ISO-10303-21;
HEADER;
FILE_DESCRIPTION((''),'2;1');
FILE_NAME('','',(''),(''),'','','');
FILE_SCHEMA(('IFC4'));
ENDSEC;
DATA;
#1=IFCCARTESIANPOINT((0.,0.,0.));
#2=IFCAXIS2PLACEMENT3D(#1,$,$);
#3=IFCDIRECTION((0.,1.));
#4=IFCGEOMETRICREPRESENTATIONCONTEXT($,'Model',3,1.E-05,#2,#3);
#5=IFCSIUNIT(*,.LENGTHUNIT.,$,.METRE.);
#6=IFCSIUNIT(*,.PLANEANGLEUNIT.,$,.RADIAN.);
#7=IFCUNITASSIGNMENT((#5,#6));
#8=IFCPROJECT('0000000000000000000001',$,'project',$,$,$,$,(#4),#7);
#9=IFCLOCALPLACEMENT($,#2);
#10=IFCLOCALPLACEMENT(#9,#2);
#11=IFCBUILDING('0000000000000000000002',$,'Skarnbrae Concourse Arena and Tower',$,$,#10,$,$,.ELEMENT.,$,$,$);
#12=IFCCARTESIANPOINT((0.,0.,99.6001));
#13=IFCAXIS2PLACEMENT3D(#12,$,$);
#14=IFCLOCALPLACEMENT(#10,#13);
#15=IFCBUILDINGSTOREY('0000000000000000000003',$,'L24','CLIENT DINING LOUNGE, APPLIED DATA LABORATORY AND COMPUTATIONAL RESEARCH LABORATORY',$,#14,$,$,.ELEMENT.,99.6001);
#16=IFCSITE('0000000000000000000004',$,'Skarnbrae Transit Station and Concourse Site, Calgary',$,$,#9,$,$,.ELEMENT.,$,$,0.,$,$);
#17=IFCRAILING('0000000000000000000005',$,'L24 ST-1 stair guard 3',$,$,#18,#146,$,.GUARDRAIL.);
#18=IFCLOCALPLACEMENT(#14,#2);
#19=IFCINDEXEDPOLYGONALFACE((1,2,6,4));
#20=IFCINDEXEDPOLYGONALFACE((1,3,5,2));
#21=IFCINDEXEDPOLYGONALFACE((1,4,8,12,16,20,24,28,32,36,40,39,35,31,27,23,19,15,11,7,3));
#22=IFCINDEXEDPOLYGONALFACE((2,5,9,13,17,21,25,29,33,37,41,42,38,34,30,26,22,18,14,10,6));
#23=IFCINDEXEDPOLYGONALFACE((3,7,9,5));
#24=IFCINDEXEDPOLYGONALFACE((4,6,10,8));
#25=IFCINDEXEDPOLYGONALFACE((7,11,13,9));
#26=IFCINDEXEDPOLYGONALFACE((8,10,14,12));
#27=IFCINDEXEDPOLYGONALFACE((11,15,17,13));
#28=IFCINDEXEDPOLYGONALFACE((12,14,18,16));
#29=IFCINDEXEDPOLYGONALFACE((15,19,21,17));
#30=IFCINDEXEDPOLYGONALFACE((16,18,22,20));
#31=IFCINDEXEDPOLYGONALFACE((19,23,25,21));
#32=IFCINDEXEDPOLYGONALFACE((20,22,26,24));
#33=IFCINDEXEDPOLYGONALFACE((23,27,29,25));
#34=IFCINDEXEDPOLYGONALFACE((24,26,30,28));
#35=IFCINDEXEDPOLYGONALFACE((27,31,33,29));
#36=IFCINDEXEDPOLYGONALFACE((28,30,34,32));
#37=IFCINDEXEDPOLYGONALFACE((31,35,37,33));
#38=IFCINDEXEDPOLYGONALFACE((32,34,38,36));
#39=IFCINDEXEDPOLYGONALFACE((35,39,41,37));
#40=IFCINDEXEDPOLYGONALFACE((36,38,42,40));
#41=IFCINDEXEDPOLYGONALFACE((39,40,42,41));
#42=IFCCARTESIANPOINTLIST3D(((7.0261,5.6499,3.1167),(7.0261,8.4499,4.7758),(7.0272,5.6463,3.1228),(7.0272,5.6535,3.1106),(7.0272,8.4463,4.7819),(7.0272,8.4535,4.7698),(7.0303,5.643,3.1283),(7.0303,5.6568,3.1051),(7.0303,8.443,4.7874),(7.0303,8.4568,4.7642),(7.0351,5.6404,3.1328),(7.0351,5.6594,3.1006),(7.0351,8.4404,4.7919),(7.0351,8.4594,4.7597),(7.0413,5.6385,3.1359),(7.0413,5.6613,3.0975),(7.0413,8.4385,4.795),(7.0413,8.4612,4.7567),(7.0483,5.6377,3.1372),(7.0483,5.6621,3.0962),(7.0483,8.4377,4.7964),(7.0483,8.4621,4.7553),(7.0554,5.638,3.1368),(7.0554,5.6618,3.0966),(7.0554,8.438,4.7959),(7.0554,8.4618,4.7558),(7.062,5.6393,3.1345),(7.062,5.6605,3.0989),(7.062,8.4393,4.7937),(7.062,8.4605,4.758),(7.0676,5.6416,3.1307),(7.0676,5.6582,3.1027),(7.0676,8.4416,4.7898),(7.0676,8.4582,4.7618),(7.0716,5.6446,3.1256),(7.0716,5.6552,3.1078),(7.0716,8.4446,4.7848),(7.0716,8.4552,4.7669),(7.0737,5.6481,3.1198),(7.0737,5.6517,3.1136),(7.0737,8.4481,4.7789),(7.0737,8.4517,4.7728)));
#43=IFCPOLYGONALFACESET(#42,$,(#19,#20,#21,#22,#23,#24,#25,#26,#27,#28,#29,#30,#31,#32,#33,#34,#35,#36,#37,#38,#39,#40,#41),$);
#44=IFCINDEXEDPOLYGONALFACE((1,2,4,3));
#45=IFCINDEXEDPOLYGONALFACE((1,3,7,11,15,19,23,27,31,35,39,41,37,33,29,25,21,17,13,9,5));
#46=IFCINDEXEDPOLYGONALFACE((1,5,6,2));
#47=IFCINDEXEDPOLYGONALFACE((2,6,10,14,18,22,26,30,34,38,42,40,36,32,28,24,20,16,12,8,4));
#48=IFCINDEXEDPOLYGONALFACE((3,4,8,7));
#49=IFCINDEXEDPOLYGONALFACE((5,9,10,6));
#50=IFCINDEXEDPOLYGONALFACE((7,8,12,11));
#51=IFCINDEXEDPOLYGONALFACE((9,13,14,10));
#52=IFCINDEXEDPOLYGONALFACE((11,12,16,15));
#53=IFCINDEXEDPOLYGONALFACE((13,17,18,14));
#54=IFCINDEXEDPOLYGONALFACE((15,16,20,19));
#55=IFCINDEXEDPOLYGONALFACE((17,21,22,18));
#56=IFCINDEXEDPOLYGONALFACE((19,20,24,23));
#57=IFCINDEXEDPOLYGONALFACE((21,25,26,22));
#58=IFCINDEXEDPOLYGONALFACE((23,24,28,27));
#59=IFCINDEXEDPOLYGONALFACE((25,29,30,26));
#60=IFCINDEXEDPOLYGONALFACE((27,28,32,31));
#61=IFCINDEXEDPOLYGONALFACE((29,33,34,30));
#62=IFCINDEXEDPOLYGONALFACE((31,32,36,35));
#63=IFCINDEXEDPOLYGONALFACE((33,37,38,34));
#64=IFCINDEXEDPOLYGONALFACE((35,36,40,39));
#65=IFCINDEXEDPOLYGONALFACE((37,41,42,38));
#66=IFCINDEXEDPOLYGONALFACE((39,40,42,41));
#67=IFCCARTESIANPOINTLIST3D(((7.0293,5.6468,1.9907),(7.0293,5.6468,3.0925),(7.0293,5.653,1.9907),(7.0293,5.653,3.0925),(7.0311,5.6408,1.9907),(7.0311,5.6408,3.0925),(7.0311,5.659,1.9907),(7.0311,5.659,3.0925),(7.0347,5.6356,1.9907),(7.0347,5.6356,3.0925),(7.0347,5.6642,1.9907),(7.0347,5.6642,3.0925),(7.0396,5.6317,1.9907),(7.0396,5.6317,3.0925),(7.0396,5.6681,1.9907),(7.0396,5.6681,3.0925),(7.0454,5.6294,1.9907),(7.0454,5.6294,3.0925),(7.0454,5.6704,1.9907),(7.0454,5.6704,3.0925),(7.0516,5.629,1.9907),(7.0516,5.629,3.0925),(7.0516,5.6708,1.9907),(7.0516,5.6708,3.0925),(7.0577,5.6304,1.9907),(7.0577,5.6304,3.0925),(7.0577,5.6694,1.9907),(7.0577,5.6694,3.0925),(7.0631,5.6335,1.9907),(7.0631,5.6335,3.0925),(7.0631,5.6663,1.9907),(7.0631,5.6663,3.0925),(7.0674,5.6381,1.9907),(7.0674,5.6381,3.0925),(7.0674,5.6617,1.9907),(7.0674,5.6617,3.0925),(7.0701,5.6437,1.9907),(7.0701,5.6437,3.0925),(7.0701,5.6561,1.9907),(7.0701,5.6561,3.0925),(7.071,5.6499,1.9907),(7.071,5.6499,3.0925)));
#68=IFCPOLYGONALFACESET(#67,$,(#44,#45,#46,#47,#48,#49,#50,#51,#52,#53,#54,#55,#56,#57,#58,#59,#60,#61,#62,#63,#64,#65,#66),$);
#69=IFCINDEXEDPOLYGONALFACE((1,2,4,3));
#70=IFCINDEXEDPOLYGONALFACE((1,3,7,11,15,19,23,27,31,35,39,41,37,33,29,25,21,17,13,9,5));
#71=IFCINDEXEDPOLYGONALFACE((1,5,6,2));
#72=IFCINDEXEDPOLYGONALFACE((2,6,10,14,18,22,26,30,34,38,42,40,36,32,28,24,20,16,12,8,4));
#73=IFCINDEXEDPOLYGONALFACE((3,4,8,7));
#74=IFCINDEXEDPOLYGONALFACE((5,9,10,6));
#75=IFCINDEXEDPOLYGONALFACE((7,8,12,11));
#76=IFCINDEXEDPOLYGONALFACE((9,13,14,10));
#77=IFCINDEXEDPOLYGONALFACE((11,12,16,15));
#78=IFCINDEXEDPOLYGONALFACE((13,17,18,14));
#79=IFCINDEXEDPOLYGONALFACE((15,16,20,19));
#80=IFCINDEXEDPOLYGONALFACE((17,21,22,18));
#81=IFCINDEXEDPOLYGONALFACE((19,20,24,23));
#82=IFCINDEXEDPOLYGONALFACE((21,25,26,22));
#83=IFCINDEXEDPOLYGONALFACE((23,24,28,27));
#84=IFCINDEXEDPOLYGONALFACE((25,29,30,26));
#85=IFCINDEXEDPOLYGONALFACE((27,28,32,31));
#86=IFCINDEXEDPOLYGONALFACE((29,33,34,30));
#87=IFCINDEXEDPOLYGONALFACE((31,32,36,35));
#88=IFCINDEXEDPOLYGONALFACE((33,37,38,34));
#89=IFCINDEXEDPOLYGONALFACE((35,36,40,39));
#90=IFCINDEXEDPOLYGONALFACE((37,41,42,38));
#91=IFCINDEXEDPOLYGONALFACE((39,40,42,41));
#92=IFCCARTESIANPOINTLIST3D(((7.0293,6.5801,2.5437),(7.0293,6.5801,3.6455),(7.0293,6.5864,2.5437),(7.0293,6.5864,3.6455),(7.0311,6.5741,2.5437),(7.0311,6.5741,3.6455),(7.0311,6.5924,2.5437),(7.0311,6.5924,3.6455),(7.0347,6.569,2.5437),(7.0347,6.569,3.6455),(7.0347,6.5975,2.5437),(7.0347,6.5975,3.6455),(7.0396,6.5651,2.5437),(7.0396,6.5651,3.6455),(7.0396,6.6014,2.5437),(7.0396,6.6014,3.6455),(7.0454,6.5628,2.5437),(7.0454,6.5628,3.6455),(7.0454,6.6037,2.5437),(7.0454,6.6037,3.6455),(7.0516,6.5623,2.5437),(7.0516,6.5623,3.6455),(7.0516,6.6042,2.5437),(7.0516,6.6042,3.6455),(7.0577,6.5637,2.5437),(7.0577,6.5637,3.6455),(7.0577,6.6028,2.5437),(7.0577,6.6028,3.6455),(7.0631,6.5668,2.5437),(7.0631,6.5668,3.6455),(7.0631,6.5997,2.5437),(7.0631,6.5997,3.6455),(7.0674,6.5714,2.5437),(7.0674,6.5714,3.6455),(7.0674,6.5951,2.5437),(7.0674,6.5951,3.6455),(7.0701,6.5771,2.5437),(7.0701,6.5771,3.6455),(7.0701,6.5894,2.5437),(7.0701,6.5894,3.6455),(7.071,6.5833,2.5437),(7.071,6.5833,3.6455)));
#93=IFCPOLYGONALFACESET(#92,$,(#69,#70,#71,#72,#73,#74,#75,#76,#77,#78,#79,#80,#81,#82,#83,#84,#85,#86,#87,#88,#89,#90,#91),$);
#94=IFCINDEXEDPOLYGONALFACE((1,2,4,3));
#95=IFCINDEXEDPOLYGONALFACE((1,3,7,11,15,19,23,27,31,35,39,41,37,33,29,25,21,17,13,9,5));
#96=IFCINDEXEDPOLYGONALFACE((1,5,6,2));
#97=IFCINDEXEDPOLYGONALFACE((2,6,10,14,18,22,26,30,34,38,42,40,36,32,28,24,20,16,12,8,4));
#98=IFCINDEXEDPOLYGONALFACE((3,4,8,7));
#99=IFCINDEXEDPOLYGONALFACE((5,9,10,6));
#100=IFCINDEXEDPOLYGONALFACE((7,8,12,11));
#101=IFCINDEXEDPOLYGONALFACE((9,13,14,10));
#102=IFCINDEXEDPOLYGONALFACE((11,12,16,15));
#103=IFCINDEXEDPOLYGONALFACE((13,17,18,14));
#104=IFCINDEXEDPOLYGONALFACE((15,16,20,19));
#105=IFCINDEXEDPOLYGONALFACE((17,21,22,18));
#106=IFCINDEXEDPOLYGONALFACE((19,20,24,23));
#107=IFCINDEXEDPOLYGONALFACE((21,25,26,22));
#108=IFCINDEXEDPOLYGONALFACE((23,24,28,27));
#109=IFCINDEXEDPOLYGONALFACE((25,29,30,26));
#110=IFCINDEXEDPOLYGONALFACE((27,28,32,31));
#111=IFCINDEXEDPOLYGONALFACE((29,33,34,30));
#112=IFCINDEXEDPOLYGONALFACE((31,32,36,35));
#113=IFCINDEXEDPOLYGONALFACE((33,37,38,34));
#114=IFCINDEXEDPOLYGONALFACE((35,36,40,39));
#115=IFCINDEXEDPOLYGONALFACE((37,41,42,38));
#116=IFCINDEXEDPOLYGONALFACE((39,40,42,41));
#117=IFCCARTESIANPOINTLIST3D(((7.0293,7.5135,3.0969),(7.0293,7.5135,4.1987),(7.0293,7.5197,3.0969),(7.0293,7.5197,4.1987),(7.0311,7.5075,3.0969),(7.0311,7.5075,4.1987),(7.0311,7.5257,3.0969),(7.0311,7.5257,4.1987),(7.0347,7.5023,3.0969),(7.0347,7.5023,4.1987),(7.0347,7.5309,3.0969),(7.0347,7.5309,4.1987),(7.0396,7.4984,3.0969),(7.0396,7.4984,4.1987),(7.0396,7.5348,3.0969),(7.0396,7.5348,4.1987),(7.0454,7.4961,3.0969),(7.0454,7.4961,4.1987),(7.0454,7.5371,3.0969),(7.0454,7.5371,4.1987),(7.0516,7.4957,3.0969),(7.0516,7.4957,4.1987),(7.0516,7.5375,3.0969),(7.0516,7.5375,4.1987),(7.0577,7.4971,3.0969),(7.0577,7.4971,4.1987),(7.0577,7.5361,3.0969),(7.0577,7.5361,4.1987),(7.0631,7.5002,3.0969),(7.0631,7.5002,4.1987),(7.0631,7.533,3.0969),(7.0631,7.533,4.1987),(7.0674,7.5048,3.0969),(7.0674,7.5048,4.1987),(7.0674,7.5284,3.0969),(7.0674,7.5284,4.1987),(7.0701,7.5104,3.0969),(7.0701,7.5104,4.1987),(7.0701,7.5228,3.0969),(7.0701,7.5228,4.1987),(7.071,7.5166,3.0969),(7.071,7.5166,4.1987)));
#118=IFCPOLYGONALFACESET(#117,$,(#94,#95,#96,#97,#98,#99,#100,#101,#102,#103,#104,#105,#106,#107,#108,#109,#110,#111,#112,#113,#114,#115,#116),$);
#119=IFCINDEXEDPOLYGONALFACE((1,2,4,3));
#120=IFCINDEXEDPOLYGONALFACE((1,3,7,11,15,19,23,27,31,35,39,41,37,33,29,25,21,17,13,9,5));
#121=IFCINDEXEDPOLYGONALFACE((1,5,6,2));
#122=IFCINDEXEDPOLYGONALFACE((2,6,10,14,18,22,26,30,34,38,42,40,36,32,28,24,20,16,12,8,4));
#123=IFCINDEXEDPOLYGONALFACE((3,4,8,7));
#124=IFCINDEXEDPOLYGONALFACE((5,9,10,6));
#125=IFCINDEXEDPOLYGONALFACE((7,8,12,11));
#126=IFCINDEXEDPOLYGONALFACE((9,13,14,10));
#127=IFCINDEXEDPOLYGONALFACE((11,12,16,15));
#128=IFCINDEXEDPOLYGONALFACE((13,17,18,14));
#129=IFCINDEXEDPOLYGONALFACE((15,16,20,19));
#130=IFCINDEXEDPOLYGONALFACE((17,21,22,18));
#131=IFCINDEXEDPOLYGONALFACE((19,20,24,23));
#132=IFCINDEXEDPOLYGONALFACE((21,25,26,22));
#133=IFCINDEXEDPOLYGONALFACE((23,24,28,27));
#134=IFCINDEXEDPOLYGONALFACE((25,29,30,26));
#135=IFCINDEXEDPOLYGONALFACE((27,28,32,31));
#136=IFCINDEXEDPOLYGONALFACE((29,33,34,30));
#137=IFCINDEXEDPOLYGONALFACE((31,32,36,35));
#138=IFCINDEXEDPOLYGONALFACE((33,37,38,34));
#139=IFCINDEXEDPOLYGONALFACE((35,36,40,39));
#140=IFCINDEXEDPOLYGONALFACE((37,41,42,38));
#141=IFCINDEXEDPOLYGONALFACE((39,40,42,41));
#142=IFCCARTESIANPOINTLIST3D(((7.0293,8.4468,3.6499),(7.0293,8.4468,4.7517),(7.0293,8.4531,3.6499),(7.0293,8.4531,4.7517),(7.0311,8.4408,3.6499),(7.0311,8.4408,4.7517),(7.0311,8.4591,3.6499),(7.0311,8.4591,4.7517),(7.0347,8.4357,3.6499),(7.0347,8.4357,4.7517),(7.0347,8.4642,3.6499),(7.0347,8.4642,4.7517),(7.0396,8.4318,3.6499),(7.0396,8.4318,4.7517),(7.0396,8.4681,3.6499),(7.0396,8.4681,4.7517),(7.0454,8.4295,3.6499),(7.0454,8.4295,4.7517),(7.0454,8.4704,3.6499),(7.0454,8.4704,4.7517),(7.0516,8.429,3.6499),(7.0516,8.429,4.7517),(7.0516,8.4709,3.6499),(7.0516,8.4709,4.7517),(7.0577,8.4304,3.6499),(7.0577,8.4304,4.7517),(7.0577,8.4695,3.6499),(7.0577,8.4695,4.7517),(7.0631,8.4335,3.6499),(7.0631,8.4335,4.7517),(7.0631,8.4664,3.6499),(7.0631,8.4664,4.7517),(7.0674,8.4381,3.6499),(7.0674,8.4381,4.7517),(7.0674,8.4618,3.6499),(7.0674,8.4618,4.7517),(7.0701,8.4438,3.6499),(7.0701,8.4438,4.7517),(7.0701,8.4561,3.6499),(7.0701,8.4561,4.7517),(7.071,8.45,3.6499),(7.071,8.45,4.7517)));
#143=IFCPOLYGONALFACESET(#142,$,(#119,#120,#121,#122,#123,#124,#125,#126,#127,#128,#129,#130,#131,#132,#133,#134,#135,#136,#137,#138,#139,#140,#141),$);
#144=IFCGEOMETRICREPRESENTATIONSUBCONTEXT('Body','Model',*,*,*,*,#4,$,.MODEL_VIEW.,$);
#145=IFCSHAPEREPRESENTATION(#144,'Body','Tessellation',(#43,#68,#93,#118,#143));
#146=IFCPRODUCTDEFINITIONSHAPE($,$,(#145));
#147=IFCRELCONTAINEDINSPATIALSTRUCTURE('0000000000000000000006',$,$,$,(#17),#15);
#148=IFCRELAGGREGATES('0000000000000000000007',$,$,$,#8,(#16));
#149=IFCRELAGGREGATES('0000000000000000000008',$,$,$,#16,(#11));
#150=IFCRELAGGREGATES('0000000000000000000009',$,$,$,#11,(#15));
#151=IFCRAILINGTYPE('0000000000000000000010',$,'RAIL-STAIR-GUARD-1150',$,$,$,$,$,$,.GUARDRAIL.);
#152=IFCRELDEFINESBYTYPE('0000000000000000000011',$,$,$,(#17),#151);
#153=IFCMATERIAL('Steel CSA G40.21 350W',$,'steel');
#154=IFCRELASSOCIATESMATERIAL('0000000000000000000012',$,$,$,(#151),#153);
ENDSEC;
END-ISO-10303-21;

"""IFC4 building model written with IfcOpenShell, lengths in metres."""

from ifc_helpers import new_model, si_unit, direction, frame, origin, origin_2d, place, context, subcontext, project, spatial, circle, extrude, material, type_object, element, save


model = new_model("IFC4")

# Units and contexts
model_context = context("Model", 3, precision=1e-05, world=origin(), true_north=direction((0.0, 1.0)))
body_context = subcontext(model_context, "Body", "Model", "MODEL_VIEW")
ifc_project = project(units=[si_unit("LENGTHUNIT", "METRE"), si_unit("PLANEANGLEUNIT", "RADIAN")], contexts=[model_context])

# Site, building, storey
site_placement = place(None, origin())
site = spatial("IfcSite", under=ifc_project, at=site_placement, Name="Skarnbrae Transit Station and Concourse Site, Calgary", CompositionType="ELEMENT", RefElevation=0.0)
building_placement = place(site_placement, origin())
building = spatial("IfcBuilding", under=site, at=building_placement, Name="Skarnbrae Concourse Arena and Tower", CompositionType="ELEMENT")
storey_placement = place(building_placement, frame((0.0, 0.0, 99.6001)))
storey = spatial("IfcBuildingStorey", under=building, at=storey_placement, Name="L24", Description="CLIENT DINING LOUNGE, APPLIED DATA LABORATORY AND COMPUTATIONAL RESEARCH LABORATORY", CompositionType="ELEMENT", Elevation=99.6001)

# Shared definitions
ifc_material_1 = material(Name="Steel CSA G40.21 350W", Category="steel")

# Railing
railing_type_1 = type_object("IfcRailingType", Name="RAIL-STAIR-GUARD-1150", PredefinedType="GUARDRAIL", material=ifc_material_1)
railing_1_placement = place(storey_placement, frame((7.05, 5.6499, 1.9907)))
element("IfcRailing", 1, at=railing_1_placement, inside=storey, type_object=railing_type_1, Name="L24 ST-1 stair guard 3", PredefinedType="GUARDRAIL", context=body_context, shape_type="SweptSolid", body=[
    extrude(circle(Radius=0.0239, at=origin_2d()), frame((0.0, 0.0, 1.126), z_axis=(0.0, 0.860306, 0.509778), x_axis=(-1.0, 0.0, 0.0)), (0.0, 0.0, 1.0), 3.2546),
    extrude(circle(Radius=0.021, at=origin_2d()), origin(), (0.0, 0.0, 1.0), 1.1018),
    extrude(circle(Radius=0.021, at=origin_2d()), frame((0.0, 0.9333, 0.553)), (0.0, 0.0, 1.0), 1.1018),
    extrude(circle(Radius=0.021, at=origin_2d()), frame((0.0, 1.8667, 1.1062)), (0.0, 0.0, 1.0), 1.1018),
    extrude(circle(Radius=0.021, at=origin_2d()), frame((0.0, 2.8, 1.6592)), (0.0, 0.0, 1.0), 1.1018),
])

save(model, "model.ifc")
